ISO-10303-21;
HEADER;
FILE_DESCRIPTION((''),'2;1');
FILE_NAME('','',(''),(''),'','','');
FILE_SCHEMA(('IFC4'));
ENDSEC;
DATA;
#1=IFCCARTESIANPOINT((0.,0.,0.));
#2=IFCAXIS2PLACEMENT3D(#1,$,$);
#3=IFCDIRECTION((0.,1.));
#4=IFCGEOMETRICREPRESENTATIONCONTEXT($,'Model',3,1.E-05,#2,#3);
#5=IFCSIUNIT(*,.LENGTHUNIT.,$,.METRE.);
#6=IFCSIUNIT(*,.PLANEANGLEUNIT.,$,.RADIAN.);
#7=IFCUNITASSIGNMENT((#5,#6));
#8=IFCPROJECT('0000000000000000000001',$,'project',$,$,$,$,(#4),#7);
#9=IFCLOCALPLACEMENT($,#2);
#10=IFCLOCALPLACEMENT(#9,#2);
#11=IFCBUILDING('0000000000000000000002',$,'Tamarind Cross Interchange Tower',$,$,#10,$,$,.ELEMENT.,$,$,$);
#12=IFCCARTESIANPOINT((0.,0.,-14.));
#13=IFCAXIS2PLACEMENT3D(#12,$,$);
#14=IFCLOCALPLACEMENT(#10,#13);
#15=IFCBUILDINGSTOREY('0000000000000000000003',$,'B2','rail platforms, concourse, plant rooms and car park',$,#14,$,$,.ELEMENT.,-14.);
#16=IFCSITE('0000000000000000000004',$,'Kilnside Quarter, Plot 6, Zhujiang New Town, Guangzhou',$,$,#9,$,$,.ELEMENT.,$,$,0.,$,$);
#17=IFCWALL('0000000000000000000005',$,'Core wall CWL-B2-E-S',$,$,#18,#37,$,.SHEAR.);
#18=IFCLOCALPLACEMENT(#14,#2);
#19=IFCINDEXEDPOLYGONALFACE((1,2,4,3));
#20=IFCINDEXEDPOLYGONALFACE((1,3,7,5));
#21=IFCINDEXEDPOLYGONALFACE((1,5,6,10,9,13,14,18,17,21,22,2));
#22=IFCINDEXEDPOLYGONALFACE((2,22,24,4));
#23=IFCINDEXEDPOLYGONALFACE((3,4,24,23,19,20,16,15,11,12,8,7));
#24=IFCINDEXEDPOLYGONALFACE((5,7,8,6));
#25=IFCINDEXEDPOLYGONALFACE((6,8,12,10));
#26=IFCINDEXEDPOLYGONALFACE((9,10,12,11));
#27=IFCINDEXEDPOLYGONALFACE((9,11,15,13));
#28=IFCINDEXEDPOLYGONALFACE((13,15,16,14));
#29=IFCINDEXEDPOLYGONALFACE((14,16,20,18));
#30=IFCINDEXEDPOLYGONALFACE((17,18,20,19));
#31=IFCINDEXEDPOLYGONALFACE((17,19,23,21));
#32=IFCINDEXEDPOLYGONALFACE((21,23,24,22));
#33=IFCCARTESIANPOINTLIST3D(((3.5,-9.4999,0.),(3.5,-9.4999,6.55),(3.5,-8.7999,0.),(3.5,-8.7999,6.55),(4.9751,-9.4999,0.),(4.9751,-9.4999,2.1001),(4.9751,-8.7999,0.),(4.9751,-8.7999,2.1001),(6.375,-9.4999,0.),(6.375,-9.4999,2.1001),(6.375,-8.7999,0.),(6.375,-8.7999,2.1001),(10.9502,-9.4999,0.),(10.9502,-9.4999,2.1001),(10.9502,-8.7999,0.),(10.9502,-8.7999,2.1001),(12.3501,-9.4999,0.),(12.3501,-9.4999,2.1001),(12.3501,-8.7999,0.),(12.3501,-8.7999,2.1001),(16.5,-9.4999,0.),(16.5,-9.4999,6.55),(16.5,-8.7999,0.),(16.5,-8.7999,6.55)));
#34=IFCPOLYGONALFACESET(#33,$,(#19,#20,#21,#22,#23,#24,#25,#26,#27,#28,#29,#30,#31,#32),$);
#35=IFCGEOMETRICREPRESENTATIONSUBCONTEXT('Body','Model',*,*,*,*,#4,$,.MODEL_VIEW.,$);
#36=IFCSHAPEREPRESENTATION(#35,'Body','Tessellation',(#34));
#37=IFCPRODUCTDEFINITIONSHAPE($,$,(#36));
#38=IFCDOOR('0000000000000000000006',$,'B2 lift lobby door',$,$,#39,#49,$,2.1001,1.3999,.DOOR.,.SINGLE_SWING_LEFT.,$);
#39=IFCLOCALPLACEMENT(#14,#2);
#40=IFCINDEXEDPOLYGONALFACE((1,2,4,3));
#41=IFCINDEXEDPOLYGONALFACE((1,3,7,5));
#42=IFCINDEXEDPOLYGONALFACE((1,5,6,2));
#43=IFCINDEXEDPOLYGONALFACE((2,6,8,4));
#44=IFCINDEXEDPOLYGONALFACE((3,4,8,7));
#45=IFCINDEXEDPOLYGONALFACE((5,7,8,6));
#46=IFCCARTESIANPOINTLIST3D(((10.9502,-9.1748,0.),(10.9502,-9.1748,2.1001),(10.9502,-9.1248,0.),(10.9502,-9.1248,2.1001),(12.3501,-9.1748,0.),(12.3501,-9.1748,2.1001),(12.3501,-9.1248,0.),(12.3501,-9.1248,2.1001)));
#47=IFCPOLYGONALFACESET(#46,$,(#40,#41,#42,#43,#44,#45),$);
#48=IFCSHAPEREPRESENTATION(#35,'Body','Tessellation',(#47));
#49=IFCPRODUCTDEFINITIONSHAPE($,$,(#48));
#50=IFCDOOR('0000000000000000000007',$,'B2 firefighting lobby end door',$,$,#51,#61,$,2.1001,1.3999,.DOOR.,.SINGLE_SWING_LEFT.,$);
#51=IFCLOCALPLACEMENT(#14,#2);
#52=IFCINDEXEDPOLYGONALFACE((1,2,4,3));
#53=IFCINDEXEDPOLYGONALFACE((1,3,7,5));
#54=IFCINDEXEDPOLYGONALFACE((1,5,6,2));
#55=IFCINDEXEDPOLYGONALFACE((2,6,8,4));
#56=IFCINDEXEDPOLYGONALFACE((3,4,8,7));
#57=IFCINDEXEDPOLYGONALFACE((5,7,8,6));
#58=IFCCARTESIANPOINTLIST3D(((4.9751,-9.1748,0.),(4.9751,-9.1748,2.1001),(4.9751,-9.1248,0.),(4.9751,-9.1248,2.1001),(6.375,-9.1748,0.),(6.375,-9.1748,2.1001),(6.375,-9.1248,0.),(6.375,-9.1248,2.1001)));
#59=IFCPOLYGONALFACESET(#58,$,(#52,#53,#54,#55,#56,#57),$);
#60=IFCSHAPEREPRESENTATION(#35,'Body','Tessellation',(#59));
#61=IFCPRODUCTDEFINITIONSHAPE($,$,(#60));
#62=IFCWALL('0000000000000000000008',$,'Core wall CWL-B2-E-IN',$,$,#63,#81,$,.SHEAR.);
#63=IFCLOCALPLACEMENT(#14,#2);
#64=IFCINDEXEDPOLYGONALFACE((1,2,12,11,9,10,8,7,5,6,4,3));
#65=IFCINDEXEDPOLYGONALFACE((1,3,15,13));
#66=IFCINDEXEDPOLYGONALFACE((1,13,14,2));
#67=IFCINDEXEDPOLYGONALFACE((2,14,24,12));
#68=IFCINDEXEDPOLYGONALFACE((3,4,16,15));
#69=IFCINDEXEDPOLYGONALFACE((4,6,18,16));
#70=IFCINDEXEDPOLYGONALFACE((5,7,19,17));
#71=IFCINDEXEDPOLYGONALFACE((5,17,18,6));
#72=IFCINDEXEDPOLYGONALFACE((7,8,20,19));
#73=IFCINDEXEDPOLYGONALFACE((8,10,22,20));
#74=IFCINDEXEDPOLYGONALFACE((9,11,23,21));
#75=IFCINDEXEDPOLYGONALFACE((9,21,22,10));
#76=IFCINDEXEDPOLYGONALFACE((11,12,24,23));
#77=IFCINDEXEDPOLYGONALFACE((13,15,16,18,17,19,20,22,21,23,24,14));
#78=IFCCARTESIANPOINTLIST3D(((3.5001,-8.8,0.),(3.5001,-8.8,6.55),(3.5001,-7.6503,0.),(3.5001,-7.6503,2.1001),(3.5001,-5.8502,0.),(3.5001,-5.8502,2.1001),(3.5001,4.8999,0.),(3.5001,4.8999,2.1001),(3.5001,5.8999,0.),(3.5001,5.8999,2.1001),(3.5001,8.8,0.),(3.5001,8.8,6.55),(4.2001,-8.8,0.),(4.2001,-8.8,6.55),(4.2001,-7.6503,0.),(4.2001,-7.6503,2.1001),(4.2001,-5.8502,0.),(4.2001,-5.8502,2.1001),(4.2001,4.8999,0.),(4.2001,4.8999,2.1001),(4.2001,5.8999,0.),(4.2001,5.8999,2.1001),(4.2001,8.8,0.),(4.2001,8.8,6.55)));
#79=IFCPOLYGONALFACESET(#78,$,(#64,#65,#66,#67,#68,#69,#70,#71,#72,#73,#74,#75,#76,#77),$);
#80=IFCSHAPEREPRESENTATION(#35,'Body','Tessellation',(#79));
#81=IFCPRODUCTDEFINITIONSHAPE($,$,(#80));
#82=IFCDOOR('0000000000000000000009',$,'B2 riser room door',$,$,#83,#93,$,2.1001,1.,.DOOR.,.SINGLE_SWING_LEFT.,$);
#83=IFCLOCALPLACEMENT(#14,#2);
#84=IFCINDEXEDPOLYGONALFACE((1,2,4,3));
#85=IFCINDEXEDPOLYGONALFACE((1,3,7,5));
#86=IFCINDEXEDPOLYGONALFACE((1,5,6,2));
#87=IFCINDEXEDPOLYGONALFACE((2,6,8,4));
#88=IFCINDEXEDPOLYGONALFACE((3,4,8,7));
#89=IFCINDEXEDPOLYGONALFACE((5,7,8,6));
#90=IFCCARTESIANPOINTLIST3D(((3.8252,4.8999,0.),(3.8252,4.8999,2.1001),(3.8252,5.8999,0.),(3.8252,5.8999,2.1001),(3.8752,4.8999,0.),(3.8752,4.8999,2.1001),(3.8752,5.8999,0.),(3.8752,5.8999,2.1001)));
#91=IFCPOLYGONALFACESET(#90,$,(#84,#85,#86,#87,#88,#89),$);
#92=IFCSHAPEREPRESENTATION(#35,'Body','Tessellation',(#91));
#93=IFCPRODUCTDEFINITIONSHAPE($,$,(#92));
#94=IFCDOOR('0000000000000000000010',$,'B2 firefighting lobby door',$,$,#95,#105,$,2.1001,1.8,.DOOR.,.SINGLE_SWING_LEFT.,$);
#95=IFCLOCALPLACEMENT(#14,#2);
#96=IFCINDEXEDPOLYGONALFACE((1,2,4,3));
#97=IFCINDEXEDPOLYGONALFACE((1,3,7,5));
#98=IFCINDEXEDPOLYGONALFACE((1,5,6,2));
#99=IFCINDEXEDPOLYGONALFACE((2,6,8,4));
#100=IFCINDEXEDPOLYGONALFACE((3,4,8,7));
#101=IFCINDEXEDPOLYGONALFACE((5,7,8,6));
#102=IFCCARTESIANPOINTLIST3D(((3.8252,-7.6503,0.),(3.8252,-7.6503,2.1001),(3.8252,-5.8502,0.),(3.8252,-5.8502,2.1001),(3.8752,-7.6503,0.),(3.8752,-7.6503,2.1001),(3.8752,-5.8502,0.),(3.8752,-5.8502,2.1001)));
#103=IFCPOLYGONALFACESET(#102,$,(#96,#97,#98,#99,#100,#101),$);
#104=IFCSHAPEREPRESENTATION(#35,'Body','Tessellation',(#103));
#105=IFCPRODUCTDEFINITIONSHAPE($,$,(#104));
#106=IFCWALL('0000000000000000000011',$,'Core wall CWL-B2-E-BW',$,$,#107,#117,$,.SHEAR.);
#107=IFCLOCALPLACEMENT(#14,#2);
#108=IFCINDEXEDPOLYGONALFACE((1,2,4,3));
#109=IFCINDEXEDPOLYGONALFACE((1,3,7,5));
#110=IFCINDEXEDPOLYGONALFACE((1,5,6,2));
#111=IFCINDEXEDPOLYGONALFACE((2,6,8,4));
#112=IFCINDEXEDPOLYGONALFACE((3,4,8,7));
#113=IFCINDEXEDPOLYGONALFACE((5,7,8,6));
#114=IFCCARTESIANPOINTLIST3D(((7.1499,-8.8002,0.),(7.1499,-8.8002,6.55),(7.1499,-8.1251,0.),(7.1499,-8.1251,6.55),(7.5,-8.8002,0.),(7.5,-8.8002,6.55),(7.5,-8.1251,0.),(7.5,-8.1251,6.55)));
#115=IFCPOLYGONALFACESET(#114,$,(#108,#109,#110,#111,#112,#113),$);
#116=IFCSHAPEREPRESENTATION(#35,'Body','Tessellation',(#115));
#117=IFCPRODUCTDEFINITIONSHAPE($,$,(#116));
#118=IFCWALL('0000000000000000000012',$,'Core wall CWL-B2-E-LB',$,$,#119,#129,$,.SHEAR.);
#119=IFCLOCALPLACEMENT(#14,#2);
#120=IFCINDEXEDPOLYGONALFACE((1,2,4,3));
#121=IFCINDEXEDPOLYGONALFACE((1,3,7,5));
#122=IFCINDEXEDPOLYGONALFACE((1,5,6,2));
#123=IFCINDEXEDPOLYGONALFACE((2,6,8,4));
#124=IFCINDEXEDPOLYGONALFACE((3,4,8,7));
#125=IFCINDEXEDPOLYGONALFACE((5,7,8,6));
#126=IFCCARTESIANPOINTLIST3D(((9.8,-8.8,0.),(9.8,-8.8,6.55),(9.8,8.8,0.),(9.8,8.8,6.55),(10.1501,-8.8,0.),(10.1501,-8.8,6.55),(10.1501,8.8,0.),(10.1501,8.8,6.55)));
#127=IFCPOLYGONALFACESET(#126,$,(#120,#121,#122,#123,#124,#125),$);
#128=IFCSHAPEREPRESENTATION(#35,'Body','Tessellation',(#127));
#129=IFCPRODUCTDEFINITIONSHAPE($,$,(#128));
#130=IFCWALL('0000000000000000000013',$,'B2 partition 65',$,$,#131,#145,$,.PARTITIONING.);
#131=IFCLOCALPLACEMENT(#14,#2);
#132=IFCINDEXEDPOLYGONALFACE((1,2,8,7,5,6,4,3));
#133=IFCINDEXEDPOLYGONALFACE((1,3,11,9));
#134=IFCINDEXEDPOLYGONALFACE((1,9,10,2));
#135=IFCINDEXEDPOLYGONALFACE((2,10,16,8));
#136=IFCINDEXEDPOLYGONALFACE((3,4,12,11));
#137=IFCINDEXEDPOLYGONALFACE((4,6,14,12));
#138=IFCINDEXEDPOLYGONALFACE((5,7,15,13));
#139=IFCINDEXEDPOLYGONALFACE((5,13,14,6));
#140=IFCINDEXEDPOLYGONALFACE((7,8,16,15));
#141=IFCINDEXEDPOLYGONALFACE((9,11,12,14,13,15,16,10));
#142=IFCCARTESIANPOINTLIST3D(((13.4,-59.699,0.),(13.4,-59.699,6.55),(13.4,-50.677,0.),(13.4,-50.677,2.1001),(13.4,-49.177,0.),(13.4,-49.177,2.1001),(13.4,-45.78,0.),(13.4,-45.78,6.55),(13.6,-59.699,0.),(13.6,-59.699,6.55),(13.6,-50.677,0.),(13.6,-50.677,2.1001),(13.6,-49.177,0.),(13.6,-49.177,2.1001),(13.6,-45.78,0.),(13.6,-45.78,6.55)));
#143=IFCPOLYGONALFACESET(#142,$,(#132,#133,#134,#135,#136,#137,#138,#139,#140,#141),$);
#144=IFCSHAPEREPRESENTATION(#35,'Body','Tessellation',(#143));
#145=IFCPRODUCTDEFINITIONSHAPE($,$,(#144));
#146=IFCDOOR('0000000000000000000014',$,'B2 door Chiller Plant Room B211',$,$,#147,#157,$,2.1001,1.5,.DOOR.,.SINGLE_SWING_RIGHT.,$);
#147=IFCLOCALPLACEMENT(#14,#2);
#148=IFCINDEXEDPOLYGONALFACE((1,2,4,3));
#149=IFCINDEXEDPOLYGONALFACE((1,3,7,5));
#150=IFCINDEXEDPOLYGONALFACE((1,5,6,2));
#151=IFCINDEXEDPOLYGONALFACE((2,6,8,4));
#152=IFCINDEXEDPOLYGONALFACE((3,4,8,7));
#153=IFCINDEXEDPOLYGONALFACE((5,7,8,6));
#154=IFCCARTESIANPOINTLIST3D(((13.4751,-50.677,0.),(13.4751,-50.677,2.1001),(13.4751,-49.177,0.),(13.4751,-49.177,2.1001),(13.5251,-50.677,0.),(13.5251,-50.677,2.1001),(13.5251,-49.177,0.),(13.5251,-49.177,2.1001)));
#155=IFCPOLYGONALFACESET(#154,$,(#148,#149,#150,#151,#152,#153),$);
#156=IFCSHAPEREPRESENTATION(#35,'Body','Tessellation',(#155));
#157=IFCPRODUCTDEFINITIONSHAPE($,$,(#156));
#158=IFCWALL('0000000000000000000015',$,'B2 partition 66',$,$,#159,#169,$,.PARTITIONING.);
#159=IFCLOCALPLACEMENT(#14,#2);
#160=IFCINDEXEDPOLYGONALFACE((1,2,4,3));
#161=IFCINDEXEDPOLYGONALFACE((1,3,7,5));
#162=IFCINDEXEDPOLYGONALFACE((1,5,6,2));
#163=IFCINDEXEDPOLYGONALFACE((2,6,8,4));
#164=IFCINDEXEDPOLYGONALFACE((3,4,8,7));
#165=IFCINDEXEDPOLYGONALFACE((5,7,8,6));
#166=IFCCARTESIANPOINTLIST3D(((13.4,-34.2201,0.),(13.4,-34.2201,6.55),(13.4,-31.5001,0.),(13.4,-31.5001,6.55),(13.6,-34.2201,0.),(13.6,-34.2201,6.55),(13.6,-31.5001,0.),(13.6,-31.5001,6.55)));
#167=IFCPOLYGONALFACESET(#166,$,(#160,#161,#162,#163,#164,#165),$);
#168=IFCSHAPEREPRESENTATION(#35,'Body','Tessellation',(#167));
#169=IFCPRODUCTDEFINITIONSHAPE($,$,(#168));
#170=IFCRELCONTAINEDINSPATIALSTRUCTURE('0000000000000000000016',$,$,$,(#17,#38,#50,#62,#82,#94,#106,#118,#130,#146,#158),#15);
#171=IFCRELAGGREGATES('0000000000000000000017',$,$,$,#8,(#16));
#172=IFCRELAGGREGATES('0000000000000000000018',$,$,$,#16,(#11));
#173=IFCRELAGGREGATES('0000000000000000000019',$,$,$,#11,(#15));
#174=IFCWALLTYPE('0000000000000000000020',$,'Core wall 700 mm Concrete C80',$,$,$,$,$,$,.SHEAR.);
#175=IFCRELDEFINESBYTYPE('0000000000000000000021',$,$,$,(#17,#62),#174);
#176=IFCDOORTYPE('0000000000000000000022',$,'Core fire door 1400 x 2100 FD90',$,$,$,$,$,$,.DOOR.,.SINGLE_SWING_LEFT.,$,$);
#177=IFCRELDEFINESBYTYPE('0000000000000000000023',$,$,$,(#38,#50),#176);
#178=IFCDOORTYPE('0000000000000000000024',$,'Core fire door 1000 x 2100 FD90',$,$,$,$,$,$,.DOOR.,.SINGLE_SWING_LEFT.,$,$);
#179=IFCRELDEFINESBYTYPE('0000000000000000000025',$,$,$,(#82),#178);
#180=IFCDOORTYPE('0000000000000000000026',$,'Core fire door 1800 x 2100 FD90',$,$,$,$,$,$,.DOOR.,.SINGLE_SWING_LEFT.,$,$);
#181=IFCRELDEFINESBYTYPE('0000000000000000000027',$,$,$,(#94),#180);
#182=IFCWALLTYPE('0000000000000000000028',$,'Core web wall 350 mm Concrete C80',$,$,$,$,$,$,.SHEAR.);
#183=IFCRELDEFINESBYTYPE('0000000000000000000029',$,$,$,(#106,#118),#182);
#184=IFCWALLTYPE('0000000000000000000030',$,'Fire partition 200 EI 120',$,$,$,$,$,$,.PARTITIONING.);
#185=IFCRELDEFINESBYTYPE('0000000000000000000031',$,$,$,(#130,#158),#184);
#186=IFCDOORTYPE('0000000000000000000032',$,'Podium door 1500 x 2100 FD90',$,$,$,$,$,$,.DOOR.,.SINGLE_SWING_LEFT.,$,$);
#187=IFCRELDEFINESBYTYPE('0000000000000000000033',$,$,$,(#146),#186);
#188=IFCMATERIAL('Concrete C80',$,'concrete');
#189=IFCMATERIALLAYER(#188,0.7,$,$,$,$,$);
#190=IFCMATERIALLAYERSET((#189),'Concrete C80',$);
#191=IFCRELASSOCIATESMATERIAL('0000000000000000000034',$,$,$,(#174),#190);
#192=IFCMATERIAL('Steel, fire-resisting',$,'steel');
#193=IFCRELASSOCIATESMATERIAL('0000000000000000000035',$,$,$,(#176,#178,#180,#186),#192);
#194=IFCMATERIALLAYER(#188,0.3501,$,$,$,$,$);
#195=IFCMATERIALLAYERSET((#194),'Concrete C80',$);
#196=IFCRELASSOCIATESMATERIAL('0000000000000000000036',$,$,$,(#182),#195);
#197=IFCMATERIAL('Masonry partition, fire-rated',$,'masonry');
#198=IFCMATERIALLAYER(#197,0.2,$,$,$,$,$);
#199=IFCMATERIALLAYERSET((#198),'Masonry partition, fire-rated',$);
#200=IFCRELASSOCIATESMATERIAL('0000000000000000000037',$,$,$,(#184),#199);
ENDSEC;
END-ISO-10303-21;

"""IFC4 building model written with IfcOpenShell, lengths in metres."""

from ifc_helpers import new_model, si_unit, direction, frame, frame_2d, origin, place, context, subcontext, project, spatial, rectangle, extrude, material, layer, layer_set, type_object, element, fill, save


model = new_model("IFC4")

# Units and contexts
model_context = context("Model", 3, precision=1e-05, world=origin(), true_north=direction((0.0, 1.0)))
body_context = subcontext(model_context, "Body", "Model", "MODEL_VIEW")
ifc_project = project(units=[si_unit("LENGTHUNIT", "METRE"), si_unit("PLANEANGLEUNIT", "RADIAN")], contexts=[model_context])

# Site, building, storey
site_placement = place(None, origin())
site = spatial("IfcSite", under=ifc_project, at=site_placement, Name="Kilnside Quarter, Plot 6, Zhujiang New Town, Guangzhou", CompositionType="ELEMENT", RefElevation=0.0)
building_placement = place(site_placement, origin())
building = spatial("IfcBuilding", under=site, at=building_placement, Name="Tamarind Cross Interchange Tower", CompositionType="ELEMENT")
storey_placement = place(building_placement, frame((0.0, 0.0, -14.0)))
storey = spatial("IfcBuildingStorey", under=building, at=storey_placement, Name="B2", Description="rail platforms, concourse, plant rooms and car park", CompositionType="ELEMENT", Elevation=-14.0)

# Shared definitions
ifc_material_1 = material(Name="Concrete C80", Category="concrete")

# Walls, openings, doors
ifc_layer_1 = layer(ifc_material_1, 0.7)
ifc_layer_set_1 = layer_set([ifc_layer_1], Name="Concrete C80")
wall_type_1 = type_object("IfcWallType", Name="Core wall 700 mm Concrete C80", PredefinedType="SHEAR", material=ifc_layer_set_1)
wall_1_placement = place(storey_placement, frame((16.5, -9.1499, 0.0), z_axis=(0.0, 0.0, 1.0), x_axis=(-1.0, 0.0, 0.0)))
wall_1 = element("IfcWall", 1, at=wall_1_placement, inside=storey, type_object=wall_type_1, Name="Core wall CWL-B2-E-S", PredefinedType="SHEAR", context=body_context, shape_type="SweptSolid", body=[
    extrude(rectangle(XDim=13.0, YDim=0.7, at=frame_2d((6.5, 0.0))), origin(), (0.0, 0.0, 1.0), 6.55),
])
opening_1_placement = place(wall_1_placement, frame((4.1499, 0.0, 0.0)))
opening_1 = element("IfcOpeningElement", 2, at=opening_1_placement, cuts=wall_1, PredefinedType="OPENING", context=body_context, shape_type="SweptSolid", body=[
    extrude(rectangle(XDim=1.3999, YDim=2.1001, at=frame_2d((0.7, 1.05))), frame((0.0, 0.3599, 0.0), z_axis=(0.0, -1.0, 0.0), x_axis=(1.0, 0.0, 0.0)), (0.0, 0.0, 1.0), 0.72),
])
opening_2_placement = place(wall_1_placement, frame((10.125, 0.0, 0.0)))
opening_2 = element("IfcOpeningElement", 3, at=opening_2_placement, cuts=wall_1, PredefinedType="OPENING", context=body_context, shape_type="SweptSolid", body=[
    extrude(rectangle(XDim=1.3999, YDim=2.1001, at=frame_2d((0.7, 1.05))), frame((0.0, 0.3599, 0.0), z_axis=(0.0, -1.0, 0.0), x_axis=(1.0, 0.0, 0.0)), (0.0, 0.0, 1.0), 0.72),
])
ifc_material_2 = material(Name="Steel, fire-resisting", Category="steel")
door_type_1 = type_object("IfcDoorType", Name="Core fire door 1400 x 2100 FD90", OperationType="SINGLE_SWING_LEFT", PredefinedType="DOOR", material=ifc_material_2)
door_1_placement = place(opening_1_placement, origin())
door_1 = element("IfcDoor", 4, at=door_1_placement, inside=storey, type_object=door_type_1, Name="B2 lift lobby door", OperationType="SINGLE_SWING_LEFT", OverallHeight=2.1001, OverallWidth=1.3999, PredefinedType="DOOR", context=body_context, shape_type="SweptSolid", body=[
    extrude(rectangle(XDim=1.3999, YDim=2.1001, at=frame_2d((0.7, 1.05))), frame((0.0, 0.0249, 0.0), z_axis=(0.0, -1.0, 0.0), x_axis=(1.0, 0.0, 0.0)), (0.0, 0.0, 1.0), 0.05),
])
fill(opening_1, door_1)
door_2_placement = place(opening_2_placement, origin())
door_2 = element("IfcDoor", 5, at=door_2_placement, inside=storey, type_object=door_type_1, Name="B2 firefighting lobby end door", OperationType="SINGLE_SWING_LEFT", OverallHeight=2.1001, OverallWidth=1.3999, PredefinedType="DOOR", context=body_context, shape_type="SweptSolid", body=[
    extrude(rectangle(XDim=1.3999, YDim=2.1001, at=frame_2d((0.7, 1.05))), frame((0.0, 0.0249, 0.0), z_axis=(0.0, -1.0, 0.0), x_axis=(1.0, 0.0, 0.0)), (0.0, 0.0, 1.0), 0.05),
])
fill(opening_2, door_2)
wall_2_placement = place(storey_placement, frame((3.8501, -8.8, 0.0), z_axis=(0.0, 0.0, 1.0), x_axis=(0.0, 1.0, 0.0)))
wall_2 = element("IfcWall", 6, at=wall_2_placement, inside=storey, type_object=wall_type_1, Name="Core wall CWL-B2-E-IN", PredefinedType="SHEAR", context=body_context, shape_type="SweptSolid", body=[
    extrude(rectangle(XDim=17.6001, YDim=0.7, at=frame_2d((8.8, 0.0))), origin(), (0.0, 0.0, 1.0), 6.55),
])
opening_3_placement = place(wall_2_placement, frame((1.1499, 0.0, 0.0)))
opening_3 = element("IfcOpeningElement", 7, at=opening_3_placement, cuts=wall_2, PredefinedType="OPENING", context=body_context, shape_type="SweptSolid", body=[
    extrude(rectangle(XDim=1.8, YDim=2.1001, at=frame_2d((0.8999, 1.05))), frame((0.0, 0.3599, 0.0), z_axis=(0.0, -1.0, 0.0), x_axis=(1.0, 0.0, 0.0)), (0.0, 0.0, 1.0), 0.72),
])
opening_4_placement = place(wall_2_placement, frame((13.7, 0.0, 0.0)))
opening_4 = element("IfcOpeningElement", 8, at=opening_4_placement, cuts=wall_2, PredefinedType="OPENING", context=body_context, shape_type="SweptSolid", body=[
    extrude(rectangle(XDim=1.0, YDim=2.1001, at=frame_2d((0.5, 1.05))), frame((0.0, 0.3599, 0.0), z_axis=(0.0, -1.0, 0.0), x_axis=(1.0, 0.0, 0.0)), (0.0, 0.0, 1.0), 0.72),
])
door_type_2 = type_object("IfcDoorType", Name="Core fire door 1000 x 2100 FD90", OperationType="SINGLE_SWING_LEFT", PredefinedType="DOOR", material=ifc_material_2)
door_3_placement = place(opening_4_placement, origin())
door_3 = element("IfcDoor", 9, at=door_3_placement, inside=storey, type_object=door_type_2, Name="B2 riser room door", OperationType="SINGLE_SWING_LEFT", OverallHeight=2.1001, OverallWidth=1.0, PredefinedType="DOOR", context=body_context, shape_type="SweptSolid", body=[
    extrude(rectangle(XDim=1.0, YDim=2.1001, at=frame_2d((0.5, 1.05))), frame((0.0, 0.0249, 0.0), z_axis=(0.0, -1.0, 0.0), x_axis=(1.0, 0.0, 0.0)), (0.0, 0.0, 1.0), 0.05),
])
fill(opening_4, door_3)
door_type_3 = type_object("IfcDoorType", Name="Core fire door 1800 x 2100 FD90", OperationType="SINGLE_SWING_LEFT", PredefinedType="DOOR", material=ifc_material_2)
door_4_placement = place(opening_3_placement, origin())
door_4 = element("IfcDoor", 10, at=door_4_placement, inside=storey, type_object=door_type_3, Name="B2 firefighting lobby door", OperationType="SINGLE_SWING_LEFT", OverallHeight=2.1001, OverallWidth=1.8, PredefinedType="DOOR", context=body_context, shape_type="SweptSolid", body=[
    extrude(rectangle(XDim=1.8, YDim=2.1001, at=frame_2d((0.8999, 1.05))), frame((0.0, 0.0249, 0.0), z_axis=(0.0, -1.0, 0.0), x_axis=(1.0, 0.0, 0.0)), (0.0, 0.0, 1.0), 0.05),
])
fill(opening_3, door_4)

# Walls
ifc_layer_2 = layer(ifc_material_1, 0.3501)
ifc_layer_set_2 = layer_set([ifc_layer_2], Name="Concrete C80")
wall_type_2 = type_object("IfcWallType", Name="Core web wall 350 mm Concrete C80", PredefinedType="SHEAR", material=ifc_layer_set_2)
wall_3_placement = place(storey_placement, frame((7.325, -8.8, 0.0), z_axis=(0.0, 0.0, 1.0), x_axis=(0.0, 1.0, 0.0)))
element("IfcWall", 11, at=wall_3_placement, inside=storey, type_object=wall_type_2, Name="Core wall CWL-B2-E-BW", PredefinedType="SHEAR", context=body_context, shape_type="SweptSolid", body=[
    extrude(rectangle(XDim=0.675, YDim=0.3501, at=frame_2d((0.3374, 0.0))), origin(), (0.0, 0.0, 1.0), 6.55),
])
wall_4_placement = place(storey_placement, frame((9.9751, -8.8, 0.0), z_axis=(0.0, 0.0, 1.0), x_axis=(0.0, 1.0, 0.0)))
element("IfcWall", 12, at=wall_4_placement, inside=storey, type_object=wall_type_2, Name="Core wall CWL-B2-E-LB", PredefinedType="SHEAR", context=body_context, shape_type="SweptSolid", body=[
    extrude(rectangle(XDim=17.6001, YDim=0.3501, at=frame_2d((8.8, 0.0))), origin(), (0.0, 0.0, 1.0), 6.55),
])

# Wall, opening, door
ifc_material_3 = material(Name="Masonry partition, fire-rated", Category="masonry")
ifc_layer_3 = layer(ifc_material_3, 0.2)
ifc_layer_set_3 = layer_set([ifc_layer_3], Name="Masonry partition, fire-rated")
wall_type_3 = type_object("IfcWallType", Name="Fire partition 200 EI 120", PredefinedType="PARTITIONING", material=ifc_layer_set_3)
wall_5_placement = place(storey_placement, frame((13.5, -59.699, 0.0), z_axis=(0.0, 0.0, 1.0), x_axis=(0.0, 1.0, 0.0)))
wall_5 = element("IfcWall", 13, at=wall_5_placement, inside=storey, type_object=wall_type_3, Name="B2 partition 65", PredefinedType="PARTITIONING", context=body_context, shape_type="SweptSolid", body=[
    extrude(rectangle(XDim=13.9189, YDim=0.2, at=frame_2d((6.9595, 0.0))), origin(), (0.0, 0.0, 1.0), 6.55),
])
opening_5_placement = place(wall_5_placement, frame((9.022, 0.0, 0.0)))
opening_5 = element("IfcOpeningElement", 14, at=opening_5_placement, cuts=wall_5, PredefinedType="OPENING", context=body_context, shape_type="SweptSolid", body=[
    extrude(rectangle(XDim=1.5, YDim=2.1001, at=frame_2d((0.75, 1.05))), frame((0.0, 0.1099, 0.0), z_axis=(0.0, -1.0, 0.0), x_axis=(1.0, 0.0, 0.0)), (0.0, 0.0, 1.0), 0.22),
])
door_type_4 = type_object("IfcDoorType", Name="Podium door 1500 x 2100 FD90", OperationType="SINGLE_SWING_LEFT", PredefinedType="DOOR", material=ifc_material_2)
door_5_placement = place(opening_5_placement, origin())
door_5 = element("IfcDoor", 15, at=door_5_placement, inside=storey, type_object=door_type_4, Name="B2 door Chiller Plant Room B211", OperationType="SINGLE_SWING_RIGHT", OverallHeight=2.1001, OverallWidth=1.5, PredefinedType="DOOR", context=body_context, shape_type="SweptSolid", body=[
    extrude(rectangle(XDim=1.5, YDim=2.1001, at=frame_2d((0.75, 1.05))), frame((0.0, 0.0249, 0.0), z_axis=(0.0, -1.0, 0.0), x_axis=(1.0, 0.0, 0.0)), (0.0, 0.0, 1.0), 0.05),
])
fill(opening_5, door_5)

# Wall
wall_6_placement = place(storey_placement, frame((13.5, -34.22, 0.0), z_axis=(0.0, 0.0, 1.0), x_axis=(0.0, 1.0, 0.0)))
element("IfcWall", 16, at=wall_6_placement, inside=storey, type_object=wall_type_3, Name="B2 partition 66", PredefinedType="PARTITIONING", context=body_context, shape_type="SweptSolid", body=[
    extrude(rectangle(XDim=2.72, YDim=0.2, at=frame_2d((1.3599, 0.0))), origin(), (0.0, 0.0, 1.0), 6.55),
])

save(model, "model.ifc")
